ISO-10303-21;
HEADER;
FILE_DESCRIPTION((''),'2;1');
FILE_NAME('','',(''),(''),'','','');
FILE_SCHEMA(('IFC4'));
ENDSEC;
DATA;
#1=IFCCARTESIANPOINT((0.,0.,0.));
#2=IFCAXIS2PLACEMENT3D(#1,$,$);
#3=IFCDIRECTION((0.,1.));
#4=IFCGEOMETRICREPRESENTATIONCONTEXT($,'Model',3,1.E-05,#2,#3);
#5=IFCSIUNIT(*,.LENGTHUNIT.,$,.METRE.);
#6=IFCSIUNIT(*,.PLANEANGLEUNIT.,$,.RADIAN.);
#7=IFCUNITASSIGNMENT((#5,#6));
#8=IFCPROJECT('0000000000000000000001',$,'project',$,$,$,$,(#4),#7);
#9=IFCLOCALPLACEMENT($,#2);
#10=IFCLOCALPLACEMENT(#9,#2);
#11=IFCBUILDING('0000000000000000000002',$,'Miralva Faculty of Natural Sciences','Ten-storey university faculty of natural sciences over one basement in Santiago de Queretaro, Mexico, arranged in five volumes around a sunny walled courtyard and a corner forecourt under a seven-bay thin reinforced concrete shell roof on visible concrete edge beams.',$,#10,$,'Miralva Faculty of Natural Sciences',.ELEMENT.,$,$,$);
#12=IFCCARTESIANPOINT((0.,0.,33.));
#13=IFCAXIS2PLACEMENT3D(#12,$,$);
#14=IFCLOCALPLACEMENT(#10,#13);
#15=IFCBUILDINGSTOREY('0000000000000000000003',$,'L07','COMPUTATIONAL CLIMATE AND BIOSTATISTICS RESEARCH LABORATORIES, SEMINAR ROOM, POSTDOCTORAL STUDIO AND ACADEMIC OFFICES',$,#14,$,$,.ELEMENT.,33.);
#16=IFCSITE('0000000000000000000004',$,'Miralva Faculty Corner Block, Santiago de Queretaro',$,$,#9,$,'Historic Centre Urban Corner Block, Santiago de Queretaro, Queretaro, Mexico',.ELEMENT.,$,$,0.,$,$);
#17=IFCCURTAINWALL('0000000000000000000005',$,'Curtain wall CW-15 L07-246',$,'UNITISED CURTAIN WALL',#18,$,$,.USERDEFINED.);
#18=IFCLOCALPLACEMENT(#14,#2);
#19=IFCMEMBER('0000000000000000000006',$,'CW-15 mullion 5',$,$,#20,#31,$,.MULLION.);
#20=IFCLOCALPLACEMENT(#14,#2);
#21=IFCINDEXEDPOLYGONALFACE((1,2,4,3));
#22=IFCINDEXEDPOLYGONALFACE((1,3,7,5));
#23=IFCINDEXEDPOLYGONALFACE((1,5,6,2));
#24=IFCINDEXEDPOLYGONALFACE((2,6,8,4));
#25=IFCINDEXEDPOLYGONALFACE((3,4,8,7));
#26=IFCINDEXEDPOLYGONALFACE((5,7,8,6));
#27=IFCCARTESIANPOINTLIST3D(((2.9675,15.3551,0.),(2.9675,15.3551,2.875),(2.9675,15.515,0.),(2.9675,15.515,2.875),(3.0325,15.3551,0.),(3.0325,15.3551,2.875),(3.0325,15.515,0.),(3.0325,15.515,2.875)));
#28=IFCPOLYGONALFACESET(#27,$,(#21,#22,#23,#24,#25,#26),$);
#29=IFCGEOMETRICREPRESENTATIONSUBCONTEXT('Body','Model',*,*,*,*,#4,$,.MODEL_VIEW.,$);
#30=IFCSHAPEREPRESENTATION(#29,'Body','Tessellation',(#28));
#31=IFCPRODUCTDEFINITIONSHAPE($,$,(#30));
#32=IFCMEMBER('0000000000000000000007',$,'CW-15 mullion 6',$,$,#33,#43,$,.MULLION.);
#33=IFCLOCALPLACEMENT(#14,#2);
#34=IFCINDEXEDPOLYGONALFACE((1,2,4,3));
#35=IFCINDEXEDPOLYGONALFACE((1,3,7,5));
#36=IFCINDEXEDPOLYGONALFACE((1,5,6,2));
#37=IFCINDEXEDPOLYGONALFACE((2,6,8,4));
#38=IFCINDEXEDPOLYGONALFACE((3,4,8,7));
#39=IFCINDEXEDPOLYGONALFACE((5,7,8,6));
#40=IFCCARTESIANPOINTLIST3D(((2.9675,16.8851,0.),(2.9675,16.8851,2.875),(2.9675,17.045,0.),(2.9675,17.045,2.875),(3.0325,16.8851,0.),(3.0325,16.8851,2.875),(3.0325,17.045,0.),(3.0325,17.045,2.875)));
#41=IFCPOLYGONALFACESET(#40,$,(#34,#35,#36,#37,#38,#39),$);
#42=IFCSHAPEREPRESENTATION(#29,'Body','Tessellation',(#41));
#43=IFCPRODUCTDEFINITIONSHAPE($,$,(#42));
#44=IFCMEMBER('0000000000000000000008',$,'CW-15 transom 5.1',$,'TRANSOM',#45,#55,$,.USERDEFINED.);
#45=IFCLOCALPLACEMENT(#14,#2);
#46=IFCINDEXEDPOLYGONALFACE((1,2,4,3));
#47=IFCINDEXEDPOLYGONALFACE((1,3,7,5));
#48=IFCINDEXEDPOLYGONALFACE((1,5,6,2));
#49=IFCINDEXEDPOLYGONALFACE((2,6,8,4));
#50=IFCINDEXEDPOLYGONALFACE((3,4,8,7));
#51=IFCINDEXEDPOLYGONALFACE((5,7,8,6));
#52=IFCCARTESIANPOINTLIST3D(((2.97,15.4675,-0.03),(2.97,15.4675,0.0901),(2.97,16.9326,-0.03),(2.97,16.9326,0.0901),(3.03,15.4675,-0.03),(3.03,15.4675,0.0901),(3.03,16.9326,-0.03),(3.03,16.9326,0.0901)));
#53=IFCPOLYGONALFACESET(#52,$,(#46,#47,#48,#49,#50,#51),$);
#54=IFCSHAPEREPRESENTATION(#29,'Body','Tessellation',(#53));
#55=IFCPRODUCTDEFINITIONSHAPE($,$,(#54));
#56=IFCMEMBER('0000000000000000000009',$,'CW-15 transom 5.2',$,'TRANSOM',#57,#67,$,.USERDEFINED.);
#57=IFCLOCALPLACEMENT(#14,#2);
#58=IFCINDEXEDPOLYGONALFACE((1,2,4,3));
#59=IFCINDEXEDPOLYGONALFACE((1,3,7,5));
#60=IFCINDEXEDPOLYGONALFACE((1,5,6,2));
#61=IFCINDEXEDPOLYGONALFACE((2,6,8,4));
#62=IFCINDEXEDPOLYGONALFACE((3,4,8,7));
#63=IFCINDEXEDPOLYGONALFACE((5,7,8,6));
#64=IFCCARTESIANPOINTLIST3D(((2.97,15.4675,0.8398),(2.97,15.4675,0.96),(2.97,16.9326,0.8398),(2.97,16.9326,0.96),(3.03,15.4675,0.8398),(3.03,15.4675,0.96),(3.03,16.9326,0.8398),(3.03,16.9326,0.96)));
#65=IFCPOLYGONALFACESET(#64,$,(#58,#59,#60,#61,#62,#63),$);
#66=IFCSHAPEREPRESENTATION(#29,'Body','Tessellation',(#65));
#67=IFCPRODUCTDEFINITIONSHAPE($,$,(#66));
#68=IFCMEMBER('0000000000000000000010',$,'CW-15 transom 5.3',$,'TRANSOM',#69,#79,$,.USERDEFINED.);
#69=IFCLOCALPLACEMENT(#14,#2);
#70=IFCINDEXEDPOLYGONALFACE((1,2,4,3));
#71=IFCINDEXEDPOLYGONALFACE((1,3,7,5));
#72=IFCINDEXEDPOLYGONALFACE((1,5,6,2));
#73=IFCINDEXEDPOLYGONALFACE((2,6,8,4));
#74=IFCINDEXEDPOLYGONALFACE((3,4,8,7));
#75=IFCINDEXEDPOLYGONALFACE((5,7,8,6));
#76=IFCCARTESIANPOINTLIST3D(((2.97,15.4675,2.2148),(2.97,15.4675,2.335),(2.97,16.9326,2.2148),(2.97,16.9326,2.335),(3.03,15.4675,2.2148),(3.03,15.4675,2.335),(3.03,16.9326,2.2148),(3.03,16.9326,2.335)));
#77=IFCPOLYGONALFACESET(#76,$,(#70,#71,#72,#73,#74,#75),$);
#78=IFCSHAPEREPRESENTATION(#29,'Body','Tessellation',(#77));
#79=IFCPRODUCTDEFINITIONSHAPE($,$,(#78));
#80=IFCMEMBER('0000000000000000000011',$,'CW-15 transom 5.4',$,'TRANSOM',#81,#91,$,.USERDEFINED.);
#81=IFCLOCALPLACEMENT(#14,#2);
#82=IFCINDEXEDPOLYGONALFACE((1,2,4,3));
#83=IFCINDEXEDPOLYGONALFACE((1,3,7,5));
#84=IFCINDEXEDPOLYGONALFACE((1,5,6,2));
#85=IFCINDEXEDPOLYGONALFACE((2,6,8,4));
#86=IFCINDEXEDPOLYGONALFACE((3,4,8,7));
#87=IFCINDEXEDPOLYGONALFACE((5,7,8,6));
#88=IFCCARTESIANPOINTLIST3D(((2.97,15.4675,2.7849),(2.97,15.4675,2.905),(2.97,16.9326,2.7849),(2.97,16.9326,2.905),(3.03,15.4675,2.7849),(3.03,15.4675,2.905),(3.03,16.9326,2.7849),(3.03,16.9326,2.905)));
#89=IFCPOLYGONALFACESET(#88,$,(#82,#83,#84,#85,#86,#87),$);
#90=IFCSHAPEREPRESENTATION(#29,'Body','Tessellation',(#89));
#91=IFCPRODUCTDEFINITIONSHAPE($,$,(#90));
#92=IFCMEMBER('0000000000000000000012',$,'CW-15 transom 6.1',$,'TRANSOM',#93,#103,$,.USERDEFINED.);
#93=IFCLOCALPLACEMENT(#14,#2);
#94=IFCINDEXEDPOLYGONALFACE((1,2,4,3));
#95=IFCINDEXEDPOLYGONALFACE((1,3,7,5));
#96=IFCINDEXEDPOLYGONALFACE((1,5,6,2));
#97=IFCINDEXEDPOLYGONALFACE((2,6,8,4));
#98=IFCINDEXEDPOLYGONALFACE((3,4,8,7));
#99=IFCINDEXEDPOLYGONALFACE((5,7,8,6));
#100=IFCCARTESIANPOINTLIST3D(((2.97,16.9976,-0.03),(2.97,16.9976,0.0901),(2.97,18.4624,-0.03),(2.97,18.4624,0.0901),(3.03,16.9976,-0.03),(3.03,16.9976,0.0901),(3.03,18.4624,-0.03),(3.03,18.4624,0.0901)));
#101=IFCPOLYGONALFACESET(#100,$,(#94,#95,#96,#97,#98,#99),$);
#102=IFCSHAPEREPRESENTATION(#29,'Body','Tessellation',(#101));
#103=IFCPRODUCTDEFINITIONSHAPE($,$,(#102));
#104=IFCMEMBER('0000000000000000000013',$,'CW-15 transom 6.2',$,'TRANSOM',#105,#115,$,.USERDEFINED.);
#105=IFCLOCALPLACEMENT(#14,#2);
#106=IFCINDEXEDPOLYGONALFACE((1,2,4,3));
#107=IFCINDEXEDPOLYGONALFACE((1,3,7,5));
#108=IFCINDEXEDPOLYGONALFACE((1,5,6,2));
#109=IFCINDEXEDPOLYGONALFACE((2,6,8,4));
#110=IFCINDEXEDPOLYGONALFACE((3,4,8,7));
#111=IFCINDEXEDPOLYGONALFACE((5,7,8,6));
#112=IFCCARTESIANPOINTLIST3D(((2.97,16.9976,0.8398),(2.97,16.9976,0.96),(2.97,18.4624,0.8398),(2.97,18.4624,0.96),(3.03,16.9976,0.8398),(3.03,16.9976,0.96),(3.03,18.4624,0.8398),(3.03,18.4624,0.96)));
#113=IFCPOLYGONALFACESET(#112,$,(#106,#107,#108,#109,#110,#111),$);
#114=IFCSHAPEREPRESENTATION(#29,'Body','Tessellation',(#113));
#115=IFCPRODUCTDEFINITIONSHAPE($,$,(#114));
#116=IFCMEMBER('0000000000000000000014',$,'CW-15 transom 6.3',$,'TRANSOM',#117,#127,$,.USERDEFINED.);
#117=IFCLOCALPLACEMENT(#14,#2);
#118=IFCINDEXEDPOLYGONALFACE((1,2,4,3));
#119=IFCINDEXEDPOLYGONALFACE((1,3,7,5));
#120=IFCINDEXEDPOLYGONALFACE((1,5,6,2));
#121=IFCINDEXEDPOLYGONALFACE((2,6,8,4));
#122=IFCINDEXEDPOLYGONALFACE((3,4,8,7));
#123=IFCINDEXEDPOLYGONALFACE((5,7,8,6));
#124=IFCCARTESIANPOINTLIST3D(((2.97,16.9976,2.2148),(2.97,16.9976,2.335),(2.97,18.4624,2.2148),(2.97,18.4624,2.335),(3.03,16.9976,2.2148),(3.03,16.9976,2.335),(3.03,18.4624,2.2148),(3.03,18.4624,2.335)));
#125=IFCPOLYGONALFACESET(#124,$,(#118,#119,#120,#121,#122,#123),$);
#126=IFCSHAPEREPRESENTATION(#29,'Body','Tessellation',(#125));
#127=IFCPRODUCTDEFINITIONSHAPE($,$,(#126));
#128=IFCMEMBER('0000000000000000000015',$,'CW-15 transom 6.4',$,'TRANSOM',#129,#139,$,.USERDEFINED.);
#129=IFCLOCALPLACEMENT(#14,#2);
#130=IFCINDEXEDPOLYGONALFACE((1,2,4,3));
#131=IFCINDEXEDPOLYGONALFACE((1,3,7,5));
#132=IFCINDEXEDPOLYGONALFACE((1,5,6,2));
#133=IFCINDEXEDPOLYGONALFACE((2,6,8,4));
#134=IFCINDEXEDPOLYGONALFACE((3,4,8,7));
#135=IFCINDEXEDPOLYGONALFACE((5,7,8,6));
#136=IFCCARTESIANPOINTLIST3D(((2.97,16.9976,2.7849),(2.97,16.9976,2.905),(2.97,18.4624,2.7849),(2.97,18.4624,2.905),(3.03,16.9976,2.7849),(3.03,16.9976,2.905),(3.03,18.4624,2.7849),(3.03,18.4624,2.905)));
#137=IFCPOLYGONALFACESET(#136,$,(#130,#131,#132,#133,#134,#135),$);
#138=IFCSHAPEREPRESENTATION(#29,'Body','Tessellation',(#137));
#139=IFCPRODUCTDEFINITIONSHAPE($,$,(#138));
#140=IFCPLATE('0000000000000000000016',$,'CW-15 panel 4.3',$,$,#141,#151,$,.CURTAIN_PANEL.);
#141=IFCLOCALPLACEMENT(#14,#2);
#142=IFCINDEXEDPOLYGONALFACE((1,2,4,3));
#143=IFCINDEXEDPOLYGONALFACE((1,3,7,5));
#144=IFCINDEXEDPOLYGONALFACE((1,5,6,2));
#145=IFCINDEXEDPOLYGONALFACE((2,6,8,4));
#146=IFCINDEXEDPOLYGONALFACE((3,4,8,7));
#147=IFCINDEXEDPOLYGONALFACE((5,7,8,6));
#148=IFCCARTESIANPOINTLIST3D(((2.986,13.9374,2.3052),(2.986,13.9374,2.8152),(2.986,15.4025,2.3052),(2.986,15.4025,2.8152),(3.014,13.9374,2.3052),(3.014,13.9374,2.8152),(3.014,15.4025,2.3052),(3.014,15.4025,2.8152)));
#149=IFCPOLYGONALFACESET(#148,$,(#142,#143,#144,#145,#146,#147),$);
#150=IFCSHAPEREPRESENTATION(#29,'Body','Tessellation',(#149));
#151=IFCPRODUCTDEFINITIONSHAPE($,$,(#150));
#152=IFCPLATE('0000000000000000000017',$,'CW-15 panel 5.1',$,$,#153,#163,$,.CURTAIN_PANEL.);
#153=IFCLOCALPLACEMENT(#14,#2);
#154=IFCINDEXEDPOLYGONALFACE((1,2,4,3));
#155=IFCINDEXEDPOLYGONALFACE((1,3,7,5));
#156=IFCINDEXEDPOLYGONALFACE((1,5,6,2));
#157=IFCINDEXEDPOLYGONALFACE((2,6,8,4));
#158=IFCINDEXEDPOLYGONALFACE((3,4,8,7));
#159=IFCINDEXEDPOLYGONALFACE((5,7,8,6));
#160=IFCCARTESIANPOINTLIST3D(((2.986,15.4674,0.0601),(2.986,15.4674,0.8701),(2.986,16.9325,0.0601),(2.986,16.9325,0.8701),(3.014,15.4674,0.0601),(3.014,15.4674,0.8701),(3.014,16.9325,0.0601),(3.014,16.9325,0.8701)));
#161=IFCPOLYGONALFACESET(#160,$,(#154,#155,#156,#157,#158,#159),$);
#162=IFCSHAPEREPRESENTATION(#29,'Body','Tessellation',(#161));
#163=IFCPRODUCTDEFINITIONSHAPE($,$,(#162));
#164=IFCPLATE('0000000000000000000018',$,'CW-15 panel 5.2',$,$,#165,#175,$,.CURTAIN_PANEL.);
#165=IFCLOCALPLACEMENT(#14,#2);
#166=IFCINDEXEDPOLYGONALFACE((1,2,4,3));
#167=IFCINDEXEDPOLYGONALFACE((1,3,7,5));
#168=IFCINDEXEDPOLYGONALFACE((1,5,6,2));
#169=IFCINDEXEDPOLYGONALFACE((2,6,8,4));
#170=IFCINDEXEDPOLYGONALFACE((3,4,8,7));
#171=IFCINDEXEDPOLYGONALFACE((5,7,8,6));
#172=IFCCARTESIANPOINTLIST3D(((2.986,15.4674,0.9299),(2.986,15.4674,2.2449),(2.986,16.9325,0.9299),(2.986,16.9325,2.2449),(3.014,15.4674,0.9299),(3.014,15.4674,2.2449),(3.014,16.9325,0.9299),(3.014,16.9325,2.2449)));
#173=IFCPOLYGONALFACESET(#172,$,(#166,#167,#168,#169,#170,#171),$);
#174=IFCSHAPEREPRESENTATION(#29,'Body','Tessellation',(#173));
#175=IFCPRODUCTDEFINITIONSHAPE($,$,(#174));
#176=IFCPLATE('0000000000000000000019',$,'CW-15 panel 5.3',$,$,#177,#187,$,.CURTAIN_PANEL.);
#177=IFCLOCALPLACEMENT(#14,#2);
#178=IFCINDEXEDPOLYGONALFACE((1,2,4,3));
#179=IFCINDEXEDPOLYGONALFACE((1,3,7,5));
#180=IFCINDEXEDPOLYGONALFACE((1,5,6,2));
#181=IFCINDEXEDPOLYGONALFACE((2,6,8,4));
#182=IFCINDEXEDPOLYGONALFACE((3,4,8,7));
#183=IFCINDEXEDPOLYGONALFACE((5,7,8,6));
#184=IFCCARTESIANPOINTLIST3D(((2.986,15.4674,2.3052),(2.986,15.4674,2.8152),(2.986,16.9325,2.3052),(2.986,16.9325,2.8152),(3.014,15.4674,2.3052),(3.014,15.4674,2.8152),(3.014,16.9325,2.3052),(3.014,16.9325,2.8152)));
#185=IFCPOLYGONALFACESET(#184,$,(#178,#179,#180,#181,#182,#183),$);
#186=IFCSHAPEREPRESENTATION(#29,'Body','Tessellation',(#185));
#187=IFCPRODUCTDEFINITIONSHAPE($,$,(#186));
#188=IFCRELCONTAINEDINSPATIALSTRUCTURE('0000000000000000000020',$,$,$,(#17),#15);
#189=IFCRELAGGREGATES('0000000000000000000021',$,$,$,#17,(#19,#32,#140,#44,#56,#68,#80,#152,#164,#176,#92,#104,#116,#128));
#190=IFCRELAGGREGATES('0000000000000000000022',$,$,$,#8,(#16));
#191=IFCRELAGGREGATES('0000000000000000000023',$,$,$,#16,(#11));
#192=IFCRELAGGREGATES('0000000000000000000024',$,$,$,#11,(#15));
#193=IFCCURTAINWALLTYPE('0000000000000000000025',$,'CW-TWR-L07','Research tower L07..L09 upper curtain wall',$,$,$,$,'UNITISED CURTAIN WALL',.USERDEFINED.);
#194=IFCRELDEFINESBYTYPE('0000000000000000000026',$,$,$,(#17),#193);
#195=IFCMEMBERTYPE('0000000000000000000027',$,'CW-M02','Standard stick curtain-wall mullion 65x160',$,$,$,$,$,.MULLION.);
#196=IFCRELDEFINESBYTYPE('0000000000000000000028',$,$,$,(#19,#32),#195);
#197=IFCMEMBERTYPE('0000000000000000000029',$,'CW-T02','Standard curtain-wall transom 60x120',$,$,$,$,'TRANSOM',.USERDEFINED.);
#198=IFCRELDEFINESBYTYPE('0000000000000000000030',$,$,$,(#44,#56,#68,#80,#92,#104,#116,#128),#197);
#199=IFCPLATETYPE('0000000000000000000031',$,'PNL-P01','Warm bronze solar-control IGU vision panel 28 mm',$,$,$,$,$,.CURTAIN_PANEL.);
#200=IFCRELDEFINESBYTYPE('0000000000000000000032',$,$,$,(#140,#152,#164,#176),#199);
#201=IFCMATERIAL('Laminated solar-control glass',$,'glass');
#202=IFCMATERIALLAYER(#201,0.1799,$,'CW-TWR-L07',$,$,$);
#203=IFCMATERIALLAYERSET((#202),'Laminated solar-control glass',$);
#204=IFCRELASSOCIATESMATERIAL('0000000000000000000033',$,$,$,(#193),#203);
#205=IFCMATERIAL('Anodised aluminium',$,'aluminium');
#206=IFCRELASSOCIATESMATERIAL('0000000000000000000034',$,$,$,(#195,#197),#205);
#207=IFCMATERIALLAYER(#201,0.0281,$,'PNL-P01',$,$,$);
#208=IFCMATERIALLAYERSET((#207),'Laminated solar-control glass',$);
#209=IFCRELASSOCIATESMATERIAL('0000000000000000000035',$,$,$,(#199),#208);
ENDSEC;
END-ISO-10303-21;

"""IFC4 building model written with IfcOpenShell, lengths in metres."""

from ifc_helpers import new_model, si_unit, direction, frame, origin, origin_2d, place, context, subcontext, project, spatial, rectangle, extrude, material, layer, layer_set, material_profile, profile_set, type_object, element, aggregate, save


model = new_model("IFC4")

# Units and contexts
model_context = context("Model", 3, precision=1e-05, world=origin(), true_north=direction((0.0, 1.0)))
body_context = subcontext(model_context, "Body", "Model", "MODEL_VIEW")
ifc_project = project(units=[si_unit("LENGTHUNIT", "METRE"), si_unit("PLANEANGLEUNIT", "RADIAN")], contexts=[model_context])

# Site, building, storey
site_placement = place(None, origin())
site = spatial("IfcSite", under=ifc_project, at=site_placement, Name="Miralva Faculty Corner Block, Santiago de Queretaro", LongName="Historic Centre Urban Corner Block, Santiago de Queretaro, Queretaro, Mexico", CompositionType="ELEMENT", RefElevation=0.0)
building_placement = place(site_placement, origin())
building = spatial("IfcBuilding", under=site, at=building_placement, Name="Miralva Faculty of Natural Sciences", Description="Ten-storey university faculty of natural sciences over one basement in Santiago de Queretaro, Mexico, arranged in five volumes around a sunny walled courtyard and a corner forecourt under a seven-bay thin reinforced concrete shell roof on visible concrete edge beams.", LongName="Miralva Faculty of Natural Sciences", CompositionType="ELEMENT")
storey_placement = place(building_placement, frame((0.0, 0.0, 33.0)))
storey = spatial("IfcBuildingStorey", under=building, at=storey_placement, Name="L07", Description="COMPUTATIONAL CLIMATE AND BIOSTATISTICS RESEARCH LABORATORIES, SEMINAR ROOM, POSTDOCTORAL STUDIO AND ACADEMIC OFFICES", CompositionType="ELEMENT", Elevation=33.0)

# Curtain wall, members, plates
ifc_material_1 = material(Name="Laminated solar-control glass", Category="glass")
ifc_layer_1 = layer(ifc_material_1, 0.1799, Name="CW-TWR-L07")
ifc_layer_set_1 = layer_set([ifc_layer_1], Name="Laminated solar-control glass")
curtain_wall_type = type_object("IfcCurtainWallType", Name="CW-TWR-L07", Description="Research tower L07..L09 upper curtain wall", ElementType="UNITISED CURTAIN WALL", PredefinedType="USERDEFINED", material=ifc_layer_set_1)
curtain_wall_placement = place(storey_placement, origin())
curtain_wall = element("IfcCurtainWall", 1, at=curtain_wall_placement, inside=storey, type_object=curtain_wall_type, Name="Curtain wall CW-15 L07-246", ObjectType="UNITISED CURTAIN WALL", PredefinedType="USERDEFINED")
ifc_material_2 = material(Name="Anodised aluminium", Category="aluminium")
ifc_material_profile_1 = material_profile(ifc_material_2, rectangle(XDim=0.0649, YDim=0.1599, at=origin_2d()), Name="MULLION 65x160")
ifc_profile_set_1 = profile_set([ifc_material_profile_1], Name="Anodised aluminium")
member_type_1 = type_object("IfcMemberType", Name="CW-M02", Description="Standard stick curtain-wall mullion 65x160", PredefinedType="MULLION", material=ifc_profile_set_1)
member_1_placement = place(storey_placement, frame((3.0, 15.4351, 0.0), z_axis=(0.0, 0.0, 1.0), x_axis=(-1.0, 0.0, 0.0)))
member_1 = element("IfcMember", 2, at=member_1_placement, type_object=member_type_1, Name="CW-15 mullion 5", PredefinedType="MULLION", context=body_context, shape_type="SweptSolid", body=[
    extrude(rectangle(XDim=0.0649, YDim=0.1599, at=origin_2d()), origin(), (0.0, 0.0, 1.0), 2.875),
])
member_2_placement = place(storey_placement, frame((3.0, 16.9651, 0.0), z_axis=(0.0, 0.0, 1.0), x_axis=(-1.0, 0.0, 0.0)))
member_2 = element("IfcMember", 3, at=member_2_placement, type_object=member_type_1, Name="CW-15 mullion 6", PredefinedType="MULLION", context=body_context, shape_type="SweptSolid", body=[
    extrude(rectangle(XDim=0.0649, YDim=0.1599, at=origin_2d()), origin(), (0.0, 0.0, 1.0), 2.875),
])
ifc_material_profile_2 = material_profile(ifc_material_2, rectangle(XDim=0.0601, YDim=0.1201, at=origin_2d()), Name="TRANSOM 60x120")
ifc_profile_set_2 = profile_set([ifc_material_profile_2], Name="Anodised aluminium")
member_type_2 = type_object("IfcMemberType", Name="CW-T02", Description="Standard curtain-wall transom 60x120", ElementType="TRANSOM", PredefinedType="USERDEFINED", material=ifc_profile_set_2)
member_3_placement = place(storey_placement, frame((3.0, 15.4675, 0.03), z_axis=(0.0, 1.0, 0.0), x_axis=(-1.0, 0.0, 0.0)))
member_3 = element("IfcMember", 4, at=member_3_placement, type_object=member_type_2, Name="CW-15 transom 5.1", ObjectType="TRANSOM", PredefinedType="USERDEFINED", context=body_context, shape_type="SweptSolid", body=[
    extrude(rectangle(XDim=0.0601, YDim=0.1201, at=origin_2d()), origin(), (0.0, 0.0, 1.0), 1.4651),
])
member_4_placement = place(storey_placement, frame((3.0, 15.4675, 0.8999), z_axis=(0.0, 1.0, 0.0), x_axis=(-1.0, 0.0, 0.0)))
member_4 = element("IfcMember", 5, at=member_4_placement, type_object=member_type_2, Name="CW-15 transom 5.2", ObjectType="TRANSOM", PredefinedType="USERDEFINED", context=body_context, shape_type="SweptSolid", body=[
    extrude(rectangle(XDim=0.0601, YDim=0.1201, at=origin_2d()), origin(), (0.0, 0.0, 1.0), 1.4651),
])
member_5_placement = place(storey_placement, frame((3.0, 15.4675, 2.2749), z_axis=(0.0, 1.0, 0.0), x_axis=(-1.0, 0.0, 0.0)))
member_5 = element("IfcMember", 6, at=member_5_placement, type_object=member_type_2, Name="CW-15 transom 5.3", ObjectType="TRANSOM", PredefinedType="USERDEFINED", context=body_context, shape_type="SweptSolid", body=[
    extrude(rectangle(XDim=0.0601, YDim=0.1201, at=origin_2d()), origin(), (0.0, 0.0, 1.0), 1.4651),
])
member_6_placement = place(storey_placement, frame((3.0, 15.4675, 2.845), z_axis=(0.0, 1.0, 0.0), x_axis=(-1.0, 0.0, 0.0)))
member_6 = element("IfcMember", 7, at=member_6_placement, type_object=member_type_2, Name="CW-15 transom 5.4", ObjectType="TRANSOM", PredefinedType="USERDEFINED", context=body_context, shape_type="SweptSolid", body=[
    extrude(rectangle(XDim=0.0601, YDim=0.1201, at=origin_2d()), origin(), (0.0, 0.0, 1.0), 1.4651),
])
member_7_placement = place(storey_placement, frame((3.0, 16.9976, 0.03), z_axis=(0.0, 1.0, 0.0), x_axis=(-1.0, 0.0, 0.0)))
member_7 = element("IfcMember", 8, at=member_7_placement, type_object=member_type_2, Name="CW-15 transom 6.1", ObjectType="TRANSOM", PredefinedType="USERDEFINED", context=body_context, shape_type="SweptSolid", body=[
    extrude(rectangle(XDim=0.0601, YDim=0.1201, at=origin_2d()), origin(), (0.0, 0.0, 1.0), 1.4648),
])
member_8_placement = place(storey_placement, frame((3.0, 16.9976, 0.8999), z_axis=(0.0, 1.0, 0.0), x_axis=(-1.0, 0.0, 0.0)))
member_8 = element("IfcMember", 9, at=member_8_placement, type_object=member_type_2, Name="CW-15 transom 6.2", ObjectType="TRANSOM", PredefinedType="USERDEFINED", context=body_context, shape_type="SweptSolid", body=[
    extrude(rectangle(XDim=0.0601, YDim=0.1201, at=origin_2d()), origin(), (0.0, 0.0, 1.0), 1.4648),
])
member_9_placement = place(storey_placement, frame((3.0, 16.9976, 2.2749), z_axis=(0.0, 1.0, 0.0), x_axis=(-1.0, 0.0, 0.0)))
member_9 = element("IfcMember", 10, at=member_9_placement, type_object=member_type_2, Name="CW-15 transom 6.3", ObjectType="TRANSOM", PredefinedType="USERDEFINED", context=body_context, shape_type="SweptSolid", body=[
    extrude(rectangle(XDim=0.0601, YDim=0.1201, at=origin_2d()), origin(), (0.0, 0.0, 1.0), 1.4648),
])
member_10_placement = place(storey_placement, frame((3.0, 16.9976, 2.845), z_axis=(0.0, 1.0, 0.0), x_axis=(-1.0, 0.0, 0.0)))
member_10 = element("IfcMember", 11, at=member_10_placement, type_object=member_type_2, Name="CW-15 transom 6.4", ObjectType="TRANSOM", PredefinedType="USERDEFINED", context=body_context, shape_type="SweptSolid", body=[
    extrude(rectangle(XDim=0.0601, YDim=0.1201, at=origin_2d()), origin(), (0.0, 0.0, 1.0), 1.4648),
])
ifc_layer_2 = layer(ifc_material_1, 0.0281, Name="PNL-P01")
ifc_layer_set_2 = layer_set([ifc_layer_2], Name="Laminated solar-control glass")
plate_type = type_object("IfcPlateType", Name="PNL-P01", Description="Warm bronze solar-control IGU vision panel 28 mm", PredefinedType="CURTAIN_PANEL", material=ifc_layer_set_2)
plate_1_placement = place(storey_placement, frame((3.0, 14.6699, 2.3052), z_axis=(0.0, 0.0, 1.0), x_axis=(0.0, 1.0, 0.0)))
plate_1 = element("IfcPlate", 12, at=plate_1_placement, type_object=plate_type, Name="CW-15 panel 4.3", PredefinedType="CURTAIN_PANEL", context=body_context, shape_type="SweptSolid", body=[
    extrude(rectangle(XDim=1.4651, YDim=0.0281, at=origin_2d()), origin(), (0.0, 0.0, 1.0), 0.51),
])
plate_2_placement = place(storey_placement, frame((3.0, 16.2, 0.0601), z_axis=(0.0, 0.0, 1.0), x_axis=(0.0, 1.0, 0.0)))
plate_2 = element("IfcPlate", 13, at=plate_2_placement, type_object=plate_type, Name="CW-15 panel 5.1", PredefinedType="CURTAIN_PANEL", context=body_context, shape_type="SweptSolid", body=[
    extrude(rectangle(XDim=1.4651, YDim=0.0281, at=origin_2d()), origin(), (0.0, 0.0, 1.0), 0.8101),
])
plate_3_placement = place(storey_placement, frame((3.0, 16.2, 0.9299), z_axis=(0.0, 0.0, 1.0), x_axis=(0.0, 1.0, 0.0)))
plate_3 = element("IfcPlate", 14, at=plate_3_placement, type_object=plate_type, Name="CW-15 panel 5.2", PredefinedType="CURTAIN_PANEL", context=body_context, shape_type="SweptSolid", body=[
    extrude(rectangle(XDim=1.4651, YDim=0.0281, at=origin_2d()), origin(), (0.0, 0.0, 1.0), 1.3149),
])
plate_4_placement = place(storey_placement, frame((3.0, 16.2, 2.3052), z_axis=(0.0, 0.0, 1.0), x_axis=(0.0, 1.0, 0.0)))
plate_4 = element("IfcPlate", 15, at=plate_4_placement, type_object=plate_type, Name="CW-15 panel 5.3", PredefinedType="CURTAIN_PANEL", context=body_context, shape_type="SweptSolid", body=[
    extrude(rectangle(XDim=1.4651, YDim=0.0281, at=origin_2d()), origin(), (0.0, 0.0, 1.0), 0.51),
])
aggregate(curtain_wall, [member_1, member_2, plate_1, member_3, member_4, member_5, member_6, plate_2, plate_3, plate_4, member_7, member_8, member_9, member_10])

save(model, "model.ifc")
